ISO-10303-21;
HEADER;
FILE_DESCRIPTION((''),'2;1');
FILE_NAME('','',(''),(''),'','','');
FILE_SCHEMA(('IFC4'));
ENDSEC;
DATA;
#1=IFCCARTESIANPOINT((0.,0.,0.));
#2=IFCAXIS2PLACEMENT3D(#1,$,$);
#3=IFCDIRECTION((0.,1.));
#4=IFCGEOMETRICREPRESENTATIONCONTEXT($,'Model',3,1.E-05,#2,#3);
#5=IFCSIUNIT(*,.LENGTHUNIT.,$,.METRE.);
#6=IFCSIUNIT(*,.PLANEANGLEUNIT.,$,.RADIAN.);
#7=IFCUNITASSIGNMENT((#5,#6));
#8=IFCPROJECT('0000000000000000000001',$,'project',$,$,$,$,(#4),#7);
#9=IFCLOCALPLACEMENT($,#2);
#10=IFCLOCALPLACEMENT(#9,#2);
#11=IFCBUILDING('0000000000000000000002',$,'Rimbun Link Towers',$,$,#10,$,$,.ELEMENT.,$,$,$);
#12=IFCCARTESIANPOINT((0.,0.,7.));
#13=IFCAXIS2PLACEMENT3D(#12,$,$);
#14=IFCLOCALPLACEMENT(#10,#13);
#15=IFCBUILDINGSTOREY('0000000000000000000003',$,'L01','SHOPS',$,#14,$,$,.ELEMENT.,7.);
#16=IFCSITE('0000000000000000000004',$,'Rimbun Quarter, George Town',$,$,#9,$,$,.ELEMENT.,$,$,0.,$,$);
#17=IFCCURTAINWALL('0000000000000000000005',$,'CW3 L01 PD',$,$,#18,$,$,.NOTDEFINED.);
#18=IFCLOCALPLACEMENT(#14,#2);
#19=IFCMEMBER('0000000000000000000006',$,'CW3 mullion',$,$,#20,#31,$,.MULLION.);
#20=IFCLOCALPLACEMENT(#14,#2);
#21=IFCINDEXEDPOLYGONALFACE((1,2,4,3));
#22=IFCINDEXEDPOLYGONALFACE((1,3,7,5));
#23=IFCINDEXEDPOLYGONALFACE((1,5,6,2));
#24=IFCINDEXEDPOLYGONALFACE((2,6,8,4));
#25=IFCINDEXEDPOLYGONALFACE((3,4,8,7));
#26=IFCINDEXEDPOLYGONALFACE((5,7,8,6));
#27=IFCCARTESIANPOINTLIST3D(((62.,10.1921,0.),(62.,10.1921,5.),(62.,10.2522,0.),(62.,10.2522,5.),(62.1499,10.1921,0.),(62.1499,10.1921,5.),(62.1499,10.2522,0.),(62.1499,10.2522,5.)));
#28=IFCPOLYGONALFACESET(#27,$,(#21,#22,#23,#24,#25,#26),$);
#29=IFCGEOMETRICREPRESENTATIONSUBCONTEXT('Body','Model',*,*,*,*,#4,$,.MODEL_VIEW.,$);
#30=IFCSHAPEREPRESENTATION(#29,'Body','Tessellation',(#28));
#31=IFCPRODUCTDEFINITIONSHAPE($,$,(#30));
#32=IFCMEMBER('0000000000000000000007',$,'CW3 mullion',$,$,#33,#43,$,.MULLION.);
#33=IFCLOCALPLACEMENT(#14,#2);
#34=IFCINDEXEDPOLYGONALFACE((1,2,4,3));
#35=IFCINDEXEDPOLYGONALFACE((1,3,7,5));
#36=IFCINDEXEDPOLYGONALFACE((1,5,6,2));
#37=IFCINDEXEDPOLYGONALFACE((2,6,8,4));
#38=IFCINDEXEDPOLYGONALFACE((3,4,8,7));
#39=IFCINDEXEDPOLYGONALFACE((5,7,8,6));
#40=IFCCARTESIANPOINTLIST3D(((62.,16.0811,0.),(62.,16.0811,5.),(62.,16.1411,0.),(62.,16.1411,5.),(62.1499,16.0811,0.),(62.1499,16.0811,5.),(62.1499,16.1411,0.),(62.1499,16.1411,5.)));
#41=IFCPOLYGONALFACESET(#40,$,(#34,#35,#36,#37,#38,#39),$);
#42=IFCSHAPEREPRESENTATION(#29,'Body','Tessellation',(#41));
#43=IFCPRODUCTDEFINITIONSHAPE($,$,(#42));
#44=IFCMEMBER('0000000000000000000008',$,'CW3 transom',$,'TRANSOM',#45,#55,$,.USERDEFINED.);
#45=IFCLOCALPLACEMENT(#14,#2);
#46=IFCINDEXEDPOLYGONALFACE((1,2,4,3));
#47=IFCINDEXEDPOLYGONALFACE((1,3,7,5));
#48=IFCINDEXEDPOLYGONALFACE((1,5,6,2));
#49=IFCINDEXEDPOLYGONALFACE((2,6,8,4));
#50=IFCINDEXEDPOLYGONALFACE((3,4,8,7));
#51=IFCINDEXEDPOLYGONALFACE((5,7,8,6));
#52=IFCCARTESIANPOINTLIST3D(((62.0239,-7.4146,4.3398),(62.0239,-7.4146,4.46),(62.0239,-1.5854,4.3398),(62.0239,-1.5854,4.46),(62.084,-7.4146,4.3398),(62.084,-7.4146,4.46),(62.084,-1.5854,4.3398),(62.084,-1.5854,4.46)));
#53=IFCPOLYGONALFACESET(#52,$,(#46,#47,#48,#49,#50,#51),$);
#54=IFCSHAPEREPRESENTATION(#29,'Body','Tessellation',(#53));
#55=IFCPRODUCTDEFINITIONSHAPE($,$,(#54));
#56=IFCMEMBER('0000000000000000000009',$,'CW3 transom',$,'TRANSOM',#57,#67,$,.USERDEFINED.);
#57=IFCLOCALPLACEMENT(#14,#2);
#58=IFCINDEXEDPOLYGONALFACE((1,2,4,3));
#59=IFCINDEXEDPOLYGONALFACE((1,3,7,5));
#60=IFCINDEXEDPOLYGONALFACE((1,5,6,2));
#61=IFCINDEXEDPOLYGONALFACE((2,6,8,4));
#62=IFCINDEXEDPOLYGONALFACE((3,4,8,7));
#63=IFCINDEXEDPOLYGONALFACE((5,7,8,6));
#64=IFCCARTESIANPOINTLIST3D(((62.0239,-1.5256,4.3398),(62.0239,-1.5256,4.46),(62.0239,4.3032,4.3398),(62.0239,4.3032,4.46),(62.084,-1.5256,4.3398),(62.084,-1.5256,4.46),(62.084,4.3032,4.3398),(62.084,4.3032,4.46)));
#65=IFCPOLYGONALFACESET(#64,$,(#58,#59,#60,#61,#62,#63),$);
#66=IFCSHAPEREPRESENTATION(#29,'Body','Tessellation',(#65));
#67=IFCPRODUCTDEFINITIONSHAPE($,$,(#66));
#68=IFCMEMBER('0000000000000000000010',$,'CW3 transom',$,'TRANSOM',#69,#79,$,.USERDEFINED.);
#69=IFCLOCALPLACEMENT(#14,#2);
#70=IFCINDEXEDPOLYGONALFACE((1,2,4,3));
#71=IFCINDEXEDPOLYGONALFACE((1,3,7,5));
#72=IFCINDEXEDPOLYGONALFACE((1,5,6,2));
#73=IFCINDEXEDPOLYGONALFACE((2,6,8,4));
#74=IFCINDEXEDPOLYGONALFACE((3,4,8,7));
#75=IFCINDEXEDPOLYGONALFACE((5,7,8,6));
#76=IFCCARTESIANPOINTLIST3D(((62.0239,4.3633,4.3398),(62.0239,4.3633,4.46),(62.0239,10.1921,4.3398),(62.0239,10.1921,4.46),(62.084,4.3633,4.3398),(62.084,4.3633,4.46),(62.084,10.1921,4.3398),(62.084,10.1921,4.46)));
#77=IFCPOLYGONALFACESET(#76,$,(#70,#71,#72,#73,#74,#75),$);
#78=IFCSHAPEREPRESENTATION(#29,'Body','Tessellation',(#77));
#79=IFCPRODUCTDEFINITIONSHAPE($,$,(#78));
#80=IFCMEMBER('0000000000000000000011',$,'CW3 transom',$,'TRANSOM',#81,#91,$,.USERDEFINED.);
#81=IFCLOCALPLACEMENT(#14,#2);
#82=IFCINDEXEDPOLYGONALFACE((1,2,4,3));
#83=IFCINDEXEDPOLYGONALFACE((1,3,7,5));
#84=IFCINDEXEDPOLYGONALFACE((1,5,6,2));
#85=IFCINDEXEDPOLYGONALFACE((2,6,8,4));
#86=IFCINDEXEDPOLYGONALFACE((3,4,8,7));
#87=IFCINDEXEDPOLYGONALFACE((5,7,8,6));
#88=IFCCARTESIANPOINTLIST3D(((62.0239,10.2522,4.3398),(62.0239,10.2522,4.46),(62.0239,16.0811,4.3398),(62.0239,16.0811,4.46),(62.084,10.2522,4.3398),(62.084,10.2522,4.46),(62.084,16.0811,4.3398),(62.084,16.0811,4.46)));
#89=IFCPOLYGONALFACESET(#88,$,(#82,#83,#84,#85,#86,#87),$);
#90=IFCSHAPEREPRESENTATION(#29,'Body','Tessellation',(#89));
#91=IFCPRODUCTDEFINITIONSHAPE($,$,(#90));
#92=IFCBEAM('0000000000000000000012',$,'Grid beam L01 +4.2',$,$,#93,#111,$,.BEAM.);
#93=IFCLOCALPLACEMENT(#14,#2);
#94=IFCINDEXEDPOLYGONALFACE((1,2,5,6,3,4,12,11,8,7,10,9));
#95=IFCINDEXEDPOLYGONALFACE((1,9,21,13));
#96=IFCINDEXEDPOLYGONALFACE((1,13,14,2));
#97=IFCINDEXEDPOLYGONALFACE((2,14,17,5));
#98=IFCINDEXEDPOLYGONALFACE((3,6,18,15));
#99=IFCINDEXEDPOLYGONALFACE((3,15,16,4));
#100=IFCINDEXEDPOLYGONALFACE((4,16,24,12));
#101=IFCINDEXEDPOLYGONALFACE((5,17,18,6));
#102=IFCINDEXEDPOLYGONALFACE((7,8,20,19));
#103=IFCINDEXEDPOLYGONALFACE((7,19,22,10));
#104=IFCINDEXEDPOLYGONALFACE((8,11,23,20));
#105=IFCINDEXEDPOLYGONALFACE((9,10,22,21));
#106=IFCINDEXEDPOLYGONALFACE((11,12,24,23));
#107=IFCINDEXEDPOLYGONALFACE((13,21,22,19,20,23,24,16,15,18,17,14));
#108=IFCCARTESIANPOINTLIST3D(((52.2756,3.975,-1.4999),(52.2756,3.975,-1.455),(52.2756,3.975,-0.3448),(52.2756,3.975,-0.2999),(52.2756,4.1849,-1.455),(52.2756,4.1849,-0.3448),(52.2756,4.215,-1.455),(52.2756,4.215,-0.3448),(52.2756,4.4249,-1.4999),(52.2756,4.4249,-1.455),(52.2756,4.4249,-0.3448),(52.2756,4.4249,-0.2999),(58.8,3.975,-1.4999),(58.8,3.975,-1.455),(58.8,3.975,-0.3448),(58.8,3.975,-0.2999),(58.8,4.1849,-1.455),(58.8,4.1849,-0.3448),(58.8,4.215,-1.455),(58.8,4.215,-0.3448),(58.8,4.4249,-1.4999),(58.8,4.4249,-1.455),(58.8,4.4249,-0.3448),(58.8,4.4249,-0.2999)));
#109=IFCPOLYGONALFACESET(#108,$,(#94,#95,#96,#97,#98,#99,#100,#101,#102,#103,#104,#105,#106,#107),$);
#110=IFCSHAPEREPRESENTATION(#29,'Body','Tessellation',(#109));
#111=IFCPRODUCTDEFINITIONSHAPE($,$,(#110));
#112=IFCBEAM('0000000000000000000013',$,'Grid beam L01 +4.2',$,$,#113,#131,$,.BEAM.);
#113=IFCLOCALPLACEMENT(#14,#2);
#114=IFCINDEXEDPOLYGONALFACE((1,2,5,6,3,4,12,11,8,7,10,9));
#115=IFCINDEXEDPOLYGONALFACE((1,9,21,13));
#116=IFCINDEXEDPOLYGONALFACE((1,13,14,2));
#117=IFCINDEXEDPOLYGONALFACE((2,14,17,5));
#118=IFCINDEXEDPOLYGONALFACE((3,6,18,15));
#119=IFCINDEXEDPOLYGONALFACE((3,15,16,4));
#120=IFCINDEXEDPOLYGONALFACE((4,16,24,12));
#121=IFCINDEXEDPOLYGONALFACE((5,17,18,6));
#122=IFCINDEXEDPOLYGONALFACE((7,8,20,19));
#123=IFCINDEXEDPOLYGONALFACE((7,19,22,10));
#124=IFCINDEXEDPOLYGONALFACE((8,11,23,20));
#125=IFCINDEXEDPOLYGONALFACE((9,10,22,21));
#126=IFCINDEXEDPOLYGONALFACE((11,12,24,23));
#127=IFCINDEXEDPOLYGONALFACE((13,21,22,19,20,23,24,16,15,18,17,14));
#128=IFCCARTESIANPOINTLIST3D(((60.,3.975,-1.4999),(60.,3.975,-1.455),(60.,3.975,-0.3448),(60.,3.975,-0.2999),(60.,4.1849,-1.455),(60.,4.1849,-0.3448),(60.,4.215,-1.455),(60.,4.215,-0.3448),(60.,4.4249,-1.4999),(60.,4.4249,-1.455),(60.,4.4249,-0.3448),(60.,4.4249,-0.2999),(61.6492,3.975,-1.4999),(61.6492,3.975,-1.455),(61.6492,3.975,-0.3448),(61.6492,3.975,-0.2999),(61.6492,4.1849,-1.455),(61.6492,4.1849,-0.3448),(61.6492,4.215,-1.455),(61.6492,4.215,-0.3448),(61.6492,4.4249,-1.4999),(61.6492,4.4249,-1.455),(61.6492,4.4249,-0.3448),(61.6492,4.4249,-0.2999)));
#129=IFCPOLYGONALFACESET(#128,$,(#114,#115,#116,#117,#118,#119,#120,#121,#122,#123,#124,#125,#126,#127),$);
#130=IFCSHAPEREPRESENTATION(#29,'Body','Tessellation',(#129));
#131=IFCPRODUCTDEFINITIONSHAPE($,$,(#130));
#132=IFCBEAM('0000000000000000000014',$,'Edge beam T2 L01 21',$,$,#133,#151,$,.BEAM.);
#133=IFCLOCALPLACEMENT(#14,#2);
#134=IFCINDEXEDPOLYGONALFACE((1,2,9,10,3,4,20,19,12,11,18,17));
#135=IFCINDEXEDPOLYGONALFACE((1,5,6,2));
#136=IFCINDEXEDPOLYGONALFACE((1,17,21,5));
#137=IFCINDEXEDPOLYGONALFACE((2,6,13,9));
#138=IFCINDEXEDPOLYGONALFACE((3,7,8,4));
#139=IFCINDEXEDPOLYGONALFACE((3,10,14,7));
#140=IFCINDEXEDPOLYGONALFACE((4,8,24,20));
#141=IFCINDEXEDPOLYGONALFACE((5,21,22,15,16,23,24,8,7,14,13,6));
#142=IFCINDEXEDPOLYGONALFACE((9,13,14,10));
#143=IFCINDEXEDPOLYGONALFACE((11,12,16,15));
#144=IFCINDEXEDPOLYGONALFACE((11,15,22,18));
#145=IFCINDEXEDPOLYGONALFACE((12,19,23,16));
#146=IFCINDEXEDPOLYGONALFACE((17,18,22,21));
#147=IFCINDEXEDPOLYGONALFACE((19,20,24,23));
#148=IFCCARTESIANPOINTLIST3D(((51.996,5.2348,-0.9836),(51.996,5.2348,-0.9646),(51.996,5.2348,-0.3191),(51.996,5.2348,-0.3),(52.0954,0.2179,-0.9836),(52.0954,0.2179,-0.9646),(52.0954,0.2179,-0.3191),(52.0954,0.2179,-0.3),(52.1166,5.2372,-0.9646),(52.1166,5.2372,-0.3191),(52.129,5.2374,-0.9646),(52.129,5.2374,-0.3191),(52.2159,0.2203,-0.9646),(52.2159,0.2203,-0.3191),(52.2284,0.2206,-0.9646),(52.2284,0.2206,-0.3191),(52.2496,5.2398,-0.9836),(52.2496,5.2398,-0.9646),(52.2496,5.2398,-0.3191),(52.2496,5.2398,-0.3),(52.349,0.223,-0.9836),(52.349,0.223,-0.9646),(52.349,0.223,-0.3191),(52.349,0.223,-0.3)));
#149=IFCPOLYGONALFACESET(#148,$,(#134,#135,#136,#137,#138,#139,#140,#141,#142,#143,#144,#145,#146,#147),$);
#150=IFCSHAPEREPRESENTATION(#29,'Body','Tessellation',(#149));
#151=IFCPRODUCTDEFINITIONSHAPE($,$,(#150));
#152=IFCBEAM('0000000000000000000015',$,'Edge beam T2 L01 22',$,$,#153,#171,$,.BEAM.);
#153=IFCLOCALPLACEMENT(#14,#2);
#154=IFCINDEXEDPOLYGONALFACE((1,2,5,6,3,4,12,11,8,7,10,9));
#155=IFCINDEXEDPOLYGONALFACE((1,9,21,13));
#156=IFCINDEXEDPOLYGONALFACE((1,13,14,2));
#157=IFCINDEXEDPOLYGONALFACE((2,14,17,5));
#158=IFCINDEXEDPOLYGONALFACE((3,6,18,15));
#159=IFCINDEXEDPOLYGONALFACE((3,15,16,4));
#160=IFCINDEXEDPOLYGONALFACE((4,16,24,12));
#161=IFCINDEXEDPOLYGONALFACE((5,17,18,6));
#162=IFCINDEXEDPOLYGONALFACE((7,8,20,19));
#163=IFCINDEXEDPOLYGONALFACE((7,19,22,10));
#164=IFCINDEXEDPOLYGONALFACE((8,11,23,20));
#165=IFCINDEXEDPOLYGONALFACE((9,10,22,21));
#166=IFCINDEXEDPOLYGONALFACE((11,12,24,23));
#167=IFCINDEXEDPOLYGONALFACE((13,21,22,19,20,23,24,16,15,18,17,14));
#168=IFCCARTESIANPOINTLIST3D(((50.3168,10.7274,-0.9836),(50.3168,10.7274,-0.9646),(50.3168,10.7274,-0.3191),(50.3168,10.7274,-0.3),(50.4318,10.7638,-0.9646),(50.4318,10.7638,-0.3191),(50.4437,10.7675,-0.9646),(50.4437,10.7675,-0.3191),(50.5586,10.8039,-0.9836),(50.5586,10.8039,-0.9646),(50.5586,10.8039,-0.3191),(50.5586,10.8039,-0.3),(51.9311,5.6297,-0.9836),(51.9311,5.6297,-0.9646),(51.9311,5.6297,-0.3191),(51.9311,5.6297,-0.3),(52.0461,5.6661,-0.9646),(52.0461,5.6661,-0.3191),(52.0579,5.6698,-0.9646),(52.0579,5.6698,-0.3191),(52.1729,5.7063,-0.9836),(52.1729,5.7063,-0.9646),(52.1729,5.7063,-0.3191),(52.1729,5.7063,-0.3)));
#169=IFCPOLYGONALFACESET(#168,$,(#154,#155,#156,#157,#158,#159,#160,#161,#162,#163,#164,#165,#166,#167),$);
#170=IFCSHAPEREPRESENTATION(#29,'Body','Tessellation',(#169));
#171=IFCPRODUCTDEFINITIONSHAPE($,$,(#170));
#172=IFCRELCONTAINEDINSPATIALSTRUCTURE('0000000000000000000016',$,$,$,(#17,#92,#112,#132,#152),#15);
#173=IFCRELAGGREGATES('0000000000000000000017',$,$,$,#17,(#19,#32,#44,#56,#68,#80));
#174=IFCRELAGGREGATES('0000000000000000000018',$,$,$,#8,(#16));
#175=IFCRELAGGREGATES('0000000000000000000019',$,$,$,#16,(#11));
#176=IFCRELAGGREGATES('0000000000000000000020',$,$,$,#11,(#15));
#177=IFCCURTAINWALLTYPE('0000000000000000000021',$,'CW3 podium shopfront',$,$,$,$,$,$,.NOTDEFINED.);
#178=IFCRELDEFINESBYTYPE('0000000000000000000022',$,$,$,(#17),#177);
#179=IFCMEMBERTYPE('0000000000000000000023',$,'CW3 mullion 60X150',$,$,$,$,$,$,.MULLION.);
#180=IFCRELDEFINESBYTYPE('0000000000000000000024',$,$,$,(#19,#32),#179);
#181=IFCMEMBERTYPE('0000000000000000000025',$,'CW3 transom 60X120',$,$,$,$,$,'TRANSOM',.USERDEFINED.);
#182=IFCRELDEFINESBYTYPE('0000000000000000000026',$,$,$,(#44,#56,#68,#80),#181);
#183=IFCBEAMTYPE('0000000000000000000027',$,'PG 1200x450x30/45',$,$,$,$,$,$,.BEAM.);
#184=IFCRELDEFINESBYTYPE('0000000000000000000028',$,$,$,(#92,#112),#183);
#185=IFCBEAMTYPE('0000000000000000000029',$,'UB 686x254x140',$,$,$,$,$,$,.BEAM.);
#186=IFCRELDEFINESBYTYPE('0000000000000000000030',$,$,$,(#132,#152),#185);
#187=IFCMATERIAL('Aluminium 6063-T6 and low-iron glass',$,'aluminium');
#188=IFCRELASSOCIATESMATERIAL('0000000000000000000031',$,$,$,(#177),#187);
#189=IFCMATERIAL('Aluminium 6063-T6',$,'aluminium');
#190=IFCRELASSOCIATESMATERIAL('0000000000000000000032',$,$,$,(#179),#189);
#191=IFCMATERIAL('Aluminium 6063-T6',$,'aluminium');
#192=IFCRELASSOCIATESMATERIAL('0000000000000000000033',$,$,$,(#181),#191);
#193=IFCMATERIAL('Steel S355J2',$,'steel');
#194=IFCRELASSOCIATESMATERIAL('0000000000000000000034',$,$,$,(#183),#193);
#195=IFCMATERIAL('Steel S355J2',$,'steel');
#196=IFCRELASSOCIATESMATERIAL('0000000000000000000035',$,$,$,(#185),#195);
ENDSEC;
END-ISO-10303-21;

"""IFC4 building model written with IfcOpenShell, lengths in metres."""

from ifc_helpers import new_model, si_unit, direction, frame, origin, origin_2d, place, context, subcontext, project, spatial, rectangle, i_section, extrude, material, material_profile, profile_set, type_object, element, aggregate, save


model = new_model("IFC4")

# Units and contexts
model_context = context("Model", 3, precision=1e-05, world=origin(), true_north=direction((0.0, 1.0)))
body_context = subcontext(model_context, "Body", "Model", "MODEL_VIEW")
ifc_project = project(units=[si_unit("LENGTHUNIT", "METRE"), si_unit("PLANEANGLEUNIT", "RADIAN")], contexts=[model_context])

# Site, building, storey
site_placement = place(None, origin())
site = spatial("IfcSite", under=ifc_project, at=site_placement, Name="Rimbun Quarter, George Town", CompositionType="ELEMENT", RefElevation=0.0)
building_placement = place(site_placement, origin())
building = spatial("IfcBuilding", under=site, at=building_placement, Name="Rimbun Link Towers", CompositionType="ELEMENT")
storey_placement = place(building_placement, frame((0.0, 0.0, 7.0)))
storey = spatial("IfcBuildingStorey", under=building, at=storey_placement, Name="L01", Description="SHOPS", CompositionType="ELEMENT", Elevation=7.0)

# Curtain wall, members
ifc_material_1 = material(Name="Aluminium 6063-T6 and low-iron glass", Category="aluminium")
curtain_wall_type = type_object("IfcCurtainWallType", Name="CW3 podium shopfront", PredefinedType="NOTDEFINED", material=ifc_material_1)
curtain_wall_placement = place(storey_placement, origin())
curtain_wall = element("IfcCurtainWall", 1, at=curtain_wall_placement, inside=storey, type_object=curtain_wall_type, Name="CW3 L01 PD", PredefinedType="NOTDEFINED")
ifc_material_2 = material(Name="Aluminium 6063-T6", Category="aluminium")
ifc_material_profile_1 = material_profile(ifc_material_2, rectangle(XDim=0.1499, YDim=0.0601, at=origin_2d()), Name="MULLION 60X150")
ifc_profile_set_1 = profile_set([ifc_material_profile_1], Name="Aluminium 6063-T6")
member_type_1 = type_object("IfcMemberType", Name="CW3 mullion 60X150", PredefinedType="MULLION", material=ifc_profile_set_1)
member_1_placement = place(storey_placement, frame((62.075, 10.2222, 0.0), z_axis=(0.0, 0.0, 1.0), x_axis=(1.0, 0.0, 0.0)))
member_1 = element("IfcMember", 2, at=member_1_placement, type_object=member_type_1, Name="CW3 mullion", PredefinedType="MULLION", context=body_context, shape_type="SweptSolid", body=[
    extrude(rectangle(XDim=0.1499, YDim=0.0601, at=origin_2d()), origin(), (0.0, 0.0, 1.0), 5.0),
])
member_2_placement = place(storey_placement, frame((62.075, 16.1111, 0.0), z_axis=(0.0, 0.0, 1.0), x_axis=(1.0, 0.0, 0.0)))
member_2 = element("IfcMember", 3, at=member_2_placement, type_object=member_type_1, Name="CW3 mullion", PredefinedType="MULLION", context=body_context, shape_type="SweptSolid", body=[
    extrude(rectangle(XDim=0.1499, YDim=0.0601, at=origin_2d()), origin(), (0.0, 0.0, 1.0), 5.0),
])
ifc_material_3 = material(Name="Aluminium 6063-T6", Category="aluminium")
ifc_material_profile_2 = material_profile(ifc_material_3, rectangle(XDim=0.0601, YDim=0.1201, at=origin_2d()), Name="TRANSOM 60X120")
ifc_profile_set_2 = profile_set([ifc_material_profile_2], Name="Aluminium 6063-T6")
member_type_2 = type_object("IfcMemberType", Name="CW3 transom 60X120", ElementType="TRANSOM", PredefinedType="USERDEFINED", material=ifc_profile_set_2)
member_3_placement = place(storey_placement, frame((62.054, -1.5854, 4.3999), z_axis=(0.0, -1.0, 0.0), x_axis=(1.0, 0.0, 0.0)))
member_3 = element("IfcMember", 4, at=member_3_placement, type_object=member_type_2, Name="CW3 transom", ObjectType="TRANSOM", PredefinedType="USERDEFINED", context=body_context, shape_type="SweptSolid", body=[
    extrude(rectangle(XDim=0.0601, YDim=0.1201, at=origin_2d()), origin(), (0.0, 0.0, 1.0), 5.8291),
])
member_4_placement = place(storey_placement, frame((62.054, 4.3032, 4.3999), z_axis=(0.0, -1.0, 0.0), x_axis=(1.0, 0.0, 0.0)))
member_4 = element("IfcMember", 5, at=member_4_placement, type_object=member_type_2, Name="CW3 transom", ObjectType="TRANSOM", PredefinedType="USERDEFINED", context=body_context, shape_type="SweptSolid", body=[
    extrude(rectangle(XDim=0.0601, YDim=0.1201, at=origin_2d()), origin(), (0.0, 0.0, 1.0), 5.8289),
])
member_5_placement = place(storey_placement, frame((62.054, 10.1921, 4.3999), z_axis=(0.0, -1.0, 0.0), x_axis=(1.0, 0.0, 0.0)))
member_5 = element("IfcMember", 6, at=member_5_placement, type_object=member_type_2, Name="CW3 transom", ObjectType="TRANSOM", PredefinedType="USERDEFINED", context=body_context, shape_type="SweptSolid", body=[
    extrude(rectangle(XDim=0.0601, YDim=0.1201, at=origin_2d()), origin(), (0.0, 0.0, 1.0), 5.8289),
])
member_6_placement = place(storey_placement, frame((62.054, 16.0811, 4.3999), z_axis=(0.0, -1.0, 0.0), x_axis=(1.0, 0.0, 0.0)))
member_6 = element("IfcMember", 7, at=member_6_placement, type_object=member_type_2, Name="CW3 transom", ObjectType="TRANSOM", PredefinedType="USERDEFINED", context=body_context, shape_type="SweptSolid", body=[
    extrude(rectangle(XDim=0.0601, YDim=0.1201, at=origin_2d()), origin(), (0.0, 0.0, 1.0), 5.8289),
])

# Beams
ifc_material_4 = material(Name="Steel S355J2", Category="steel")
ifc_material_profile_3 = material_profile(ifc_material_4, i_section(OverallWidth=0.45, OverallDepth=1.2, WebThickness=0.03, FlangeThickness=0.0449, at=origin_2d()), Name="PG 1200x450x30/45")
ifc_profile_set_3 = profile_set([ifc_material_profile_3], Name="Steel S355J2")
beam_type_1 = type_object("IfcBeamType", Name="PG 1200x450x30/45", PredefinedType="BEAM", material=ifc_profile_set_3)
beam_1_placement = place(storey_placement, frame((52.2756, 4.2, -0.8999), z_axis=(1.0, 0.0, 0.0), x_axis=(0.0, 1.0, 0.0)))
element("IfcBeam", 8, at=beam_1_placement, inside=storey, type_object=beam_type_1, Name="Grid beam L01 +4.2", PredefinedType="BEAM", context=body_context, shape_type="SweptSolid", body=[
    extrude(i_section(OverallWidth=0.45, OverallDepth=1.2, WebThickness=0.03, FlangeThickness=0.0449, at=origin_2d()), origin(), (0.0, 0.0, 1.0), 6.5244),
])
beam_2_placement = place(storey_placement, frame((60.0, 4.2, -0.8999), z_axis=(1.0, 0.0, 0.0), x_axis=(0.0, 1.0, 0.0)))
element("IfcBeam", 9, at=beam_2_placement, inside=storey, type_object=beam_type_1, Name="Grid beam L01 +4.2", PredefinedType="BEAM", context=body_context, shape_type="SweptSolid", body=[
    extrude(i_section(OverallWidth=0.45, OverallDepth=1.2, WebThickness=0.03, FlangeThickness=0.0449, at=origin_2d()), origin(), (0.0, 0.0, 1.0), 1.6492),
])
ifc_material_5 = material(Name="Steel S355J2", Category="steel")
ifc_material_profile_4 = material_profile(ifc_material_5, i_section(OverallWidth=0.2537, OverallDepth=0.6836, WebThickness=0.0125, FlangeThickness=0.019, at=origin_2d()), Name="UB 686x254x140")
ifc_profile_set_4 = profile_set([ifc_material_profile_4], Name="Steel S355J2")
beam_type_2 = type_object("IfcBeamType", Name="UB 686x254x140", PredefinedType="BEAM", material=ifc_profile_set_4)
beam_3_placement = place(storey_placement, frame((52.2222, 0.2205, -0.6418), z_axis=(-0.019802, 0.999804, 0.0), x_axis=(-0.999804, -0.019802, 0.0)))
element("IfcBeam", 10, at=beam_3_placement, inside=storey, type_object=beam_type_2, Name="Edge beam T2 L01 21", PredefinedType="BEAM", context=body_context, shape_type="SweptSolid", body=[
    extrude(i_section(OverallWidth=0.2537, OverallDepth=0.6836, WebThickness=0.0125, FlangeThickness=0.019, at=origin_2d()), origin(), (0.0, 0.0, 1.0), 5.0178),
])
beam_4_placement = place(storey_placement, frame((52.052, 5.668, -0.6418), z_axis=(-0.301892, 0.953342, 0.0), x_axis=(-0.953342, -0.301892, 0.0)))
element("IfcBeam", 11, at=beam_4_placement, inside=storey, type_object=beam_type_2, Name="Edge beam T2 L01 22", PredefinedType="BEAM", context=body_context, shape_type="SweptSolid", body=[
    extrude(i_section(OverallWidth=0.2537, OverallDepth=0.6836, WebThickness=0.0125, FlangeThickness=0.019, at=origin_2d()), origin(), (0.0, 0.0, 1.0), 5.3472),
])

aggregate(curtain_wall, [member_1, member_2, member_3, member_4, member_5, member_6])

save(model, "model.ifc")
